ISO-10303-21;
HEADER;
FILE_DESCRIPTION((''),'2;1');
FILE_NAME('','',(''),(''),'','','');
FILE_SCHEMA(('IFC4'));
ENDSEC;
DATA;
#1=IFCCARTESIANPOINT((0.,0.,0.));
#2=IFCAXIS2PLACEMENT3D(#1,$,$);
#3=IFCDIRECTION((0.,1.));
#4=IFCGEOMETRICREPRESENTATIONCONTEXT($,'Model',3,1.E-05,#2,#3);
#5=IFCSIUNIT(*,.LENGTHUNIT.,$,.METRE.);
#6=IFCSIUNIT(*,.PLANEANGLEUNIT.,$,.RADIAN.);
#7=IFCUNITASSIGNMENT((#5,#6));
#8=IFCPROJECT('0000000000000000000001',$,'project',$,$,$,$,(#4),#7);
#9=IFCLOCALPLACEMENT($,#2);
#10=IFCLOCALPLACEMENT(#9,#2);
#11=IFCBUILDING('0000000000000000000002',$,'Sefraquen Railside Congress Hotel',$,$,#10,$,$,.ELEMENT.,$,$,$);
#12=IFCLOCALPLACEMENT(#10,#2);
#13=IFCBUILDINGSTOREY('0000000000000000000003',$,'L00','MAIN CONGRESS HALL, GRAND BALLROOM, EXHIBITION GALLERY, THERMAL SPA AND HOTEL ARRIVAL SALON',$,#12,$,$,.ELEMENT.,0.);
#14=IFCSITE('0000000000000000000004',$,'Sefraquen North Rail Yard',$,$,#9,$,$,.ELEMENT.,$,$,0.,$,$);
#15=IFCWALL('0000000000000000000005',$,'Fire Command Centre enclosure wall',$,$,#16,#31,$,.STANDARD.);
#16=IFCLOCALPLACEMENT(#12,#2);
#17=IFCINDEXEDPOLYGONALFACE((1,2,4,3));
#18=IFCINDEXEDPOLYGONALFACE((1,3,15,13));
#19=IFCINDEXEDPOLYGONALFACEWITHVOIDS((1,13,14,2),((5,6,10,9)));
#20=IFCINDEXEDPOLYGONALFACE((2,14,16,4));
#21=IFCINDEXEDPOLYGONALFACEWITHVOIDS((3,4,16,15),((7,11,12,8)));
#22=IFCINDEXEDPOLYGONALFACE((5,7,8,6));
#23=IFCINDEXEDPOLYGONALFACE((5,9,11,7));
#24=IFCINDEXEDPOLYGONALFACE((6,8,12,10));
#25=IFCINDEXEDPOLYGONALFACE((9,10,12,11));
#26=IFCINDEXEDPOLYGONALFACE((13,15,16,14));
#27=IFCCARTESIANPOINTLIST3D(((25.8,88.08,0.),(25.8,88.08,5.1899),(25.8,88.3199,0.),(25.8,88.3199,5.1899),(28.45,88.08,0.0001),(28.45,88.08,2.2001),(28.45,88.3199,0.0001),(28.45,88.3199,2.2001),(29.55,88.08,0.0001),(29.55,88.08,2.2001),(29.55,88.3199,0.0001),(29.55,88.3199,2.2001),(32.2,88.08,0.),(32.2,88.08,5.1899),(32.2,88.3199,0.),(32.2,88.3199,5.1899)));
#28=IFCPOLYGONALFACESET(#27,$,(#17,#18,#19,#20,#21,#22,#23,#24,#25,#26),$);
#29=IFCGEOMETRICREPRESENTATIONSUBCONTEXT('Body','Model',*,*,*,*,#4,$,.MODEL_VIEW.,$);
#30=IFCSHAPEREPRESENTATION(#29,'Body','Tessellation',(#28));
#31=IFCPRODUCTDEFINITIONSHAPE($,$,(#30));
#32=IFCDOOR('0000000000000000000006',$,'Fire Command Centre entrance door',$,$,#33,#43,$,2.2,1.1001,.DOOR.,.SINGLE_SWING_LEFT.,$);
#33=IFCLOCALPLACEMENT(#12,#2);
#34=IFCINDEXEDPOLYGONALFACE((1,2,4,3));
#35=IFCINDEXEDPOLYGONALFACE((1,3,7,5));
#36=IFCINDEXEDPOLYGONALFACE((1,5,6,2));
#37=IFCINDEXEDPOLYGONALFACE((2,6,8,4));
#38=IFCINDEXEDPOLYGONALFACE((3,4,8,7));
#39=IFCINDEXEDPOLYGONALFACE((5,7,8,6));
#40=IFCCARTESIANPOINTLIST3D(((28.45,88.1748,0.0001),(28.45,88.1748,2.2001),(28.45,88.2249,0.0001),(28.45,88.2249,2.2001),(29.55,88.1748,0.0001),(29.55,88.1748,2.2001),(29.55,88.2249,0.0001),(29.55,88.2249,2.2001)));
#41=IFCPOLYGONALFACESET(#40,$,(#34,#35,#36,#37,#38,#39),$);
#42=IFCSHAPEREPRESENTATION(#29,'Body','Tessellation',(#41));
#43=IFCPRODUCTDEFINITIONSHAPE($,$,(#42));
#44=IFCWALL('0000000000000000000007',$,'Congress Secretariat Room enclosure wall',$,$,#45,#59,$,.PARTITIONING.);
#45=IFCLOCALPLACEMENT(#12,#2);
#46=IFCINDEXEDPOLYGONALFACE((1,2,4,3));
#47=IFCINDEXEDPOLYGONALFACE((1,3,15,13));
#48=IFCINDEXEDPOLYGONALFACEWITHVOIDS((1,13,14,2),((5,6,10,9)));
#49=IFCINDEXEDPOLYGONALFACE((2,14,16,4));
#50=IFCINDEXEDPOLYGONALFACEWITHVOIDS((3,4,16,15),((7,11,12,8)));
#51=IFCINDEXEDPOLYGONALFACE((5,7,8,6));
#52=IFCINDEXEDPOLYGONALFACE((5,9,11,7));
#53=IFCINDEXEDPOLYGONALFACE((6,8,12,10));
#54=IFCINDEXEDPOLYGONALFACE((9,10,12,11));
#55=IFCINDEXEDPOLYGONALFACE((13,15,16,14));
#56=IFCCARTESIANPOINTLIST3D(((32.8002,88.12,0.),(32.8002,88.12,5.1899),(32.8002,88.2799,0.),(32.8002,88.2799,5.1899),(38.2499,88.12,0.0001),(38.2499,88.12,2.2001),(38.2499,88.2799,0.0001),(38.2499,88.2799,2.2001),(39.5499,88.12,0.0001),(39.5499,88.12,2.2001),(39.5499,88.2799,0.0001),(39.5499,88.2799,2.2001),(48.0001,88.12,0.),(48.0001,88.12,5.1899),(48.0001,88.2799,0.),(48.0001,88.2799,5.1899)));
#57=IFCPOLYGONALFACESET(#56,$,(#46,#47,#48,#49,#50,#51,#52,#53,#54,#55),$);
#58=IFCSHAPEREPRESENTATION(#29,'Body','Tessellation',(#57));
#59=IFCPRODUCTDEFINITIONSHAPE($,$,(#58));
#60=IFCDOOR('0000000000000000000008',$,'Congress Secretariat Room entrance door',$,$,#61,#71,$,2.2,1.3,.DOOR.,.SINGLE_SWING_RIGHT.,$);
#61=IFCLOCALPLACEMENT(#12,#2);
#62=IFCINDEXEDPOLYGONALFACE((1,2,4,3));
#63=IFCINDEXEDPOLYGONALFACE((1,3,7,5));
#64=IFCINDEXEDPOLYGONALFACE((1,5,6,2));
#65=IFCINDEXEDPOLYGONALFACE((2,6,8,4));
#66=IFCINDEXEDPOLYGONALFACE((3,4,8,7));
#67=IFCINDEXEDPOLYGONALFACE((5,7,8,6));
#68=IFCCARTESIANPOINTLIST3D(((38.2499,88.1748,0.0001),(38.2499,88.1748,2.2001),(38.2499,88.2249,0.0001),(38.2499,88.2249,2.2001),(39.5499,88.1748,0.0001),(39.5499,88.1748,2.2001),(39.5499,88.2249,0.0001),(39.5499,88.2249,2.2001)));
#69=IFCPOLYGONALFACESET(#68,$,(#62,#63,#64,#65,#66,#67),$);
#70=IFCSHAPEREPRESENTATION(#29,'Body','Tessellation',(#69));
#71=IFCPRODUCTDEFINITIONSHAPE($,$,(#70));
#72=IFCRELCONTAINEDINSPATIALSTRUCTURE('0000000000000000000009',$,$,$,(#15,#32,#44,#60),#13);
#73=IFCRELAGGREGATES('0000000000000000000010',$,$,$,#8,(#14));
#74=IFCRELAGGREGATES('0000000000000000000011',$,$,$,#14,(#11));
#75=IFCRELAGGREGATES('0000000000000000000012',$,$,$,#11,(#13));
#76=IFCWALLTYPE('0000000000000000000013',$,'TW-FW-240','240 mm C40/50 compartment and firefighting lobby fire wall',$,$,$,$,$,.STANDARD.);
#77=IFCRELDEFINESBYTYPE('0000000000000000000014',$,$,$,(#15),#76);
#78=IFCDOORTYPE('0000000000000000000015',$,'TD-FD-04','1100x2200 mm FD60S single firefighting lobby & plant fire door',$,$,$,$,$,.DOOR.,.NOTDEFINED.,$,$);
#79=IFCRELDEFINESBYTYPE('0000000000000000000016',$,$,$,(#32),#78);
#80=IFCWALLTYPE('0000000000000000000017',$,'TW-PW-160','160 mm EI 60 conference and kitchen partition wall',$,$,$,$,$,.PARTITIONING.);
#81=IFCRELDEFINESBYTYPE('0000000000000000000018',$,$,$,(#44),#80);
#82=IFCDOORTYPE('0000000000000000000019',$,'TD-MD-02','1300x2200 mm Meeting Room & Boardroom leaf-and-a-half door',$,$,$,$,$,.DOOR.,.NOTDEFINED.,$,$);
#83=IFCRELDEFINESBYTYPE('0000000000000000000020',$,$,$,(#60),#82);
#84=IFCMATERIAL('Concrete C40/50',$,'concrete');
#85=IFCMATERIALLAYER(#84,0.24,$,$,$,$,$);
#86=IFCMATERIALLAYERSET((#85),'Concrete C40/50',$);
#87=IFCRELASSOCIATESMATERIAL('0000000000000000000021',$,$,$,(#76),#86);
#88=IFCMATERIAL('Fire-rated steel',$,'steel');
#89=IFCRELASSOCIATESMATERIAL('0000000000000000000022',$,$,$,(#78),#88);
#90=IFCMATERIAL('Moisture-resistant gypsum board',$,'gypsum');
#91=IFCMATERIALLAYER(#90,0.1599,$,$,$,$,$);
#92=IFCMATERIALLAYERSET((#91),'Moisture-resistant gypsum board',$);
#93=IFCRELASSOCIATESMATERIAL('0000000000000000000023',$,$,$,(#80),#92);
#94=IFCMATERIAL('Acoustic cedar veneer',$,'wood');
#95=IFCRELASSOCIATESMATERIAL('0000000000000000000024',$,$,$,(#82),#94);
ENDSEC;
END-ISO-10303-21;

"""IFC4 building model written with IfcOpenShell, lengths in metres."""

from ifc_helpers import new_model, si_unit, direction, frame, frame_2d, origin, place, context, subcontext, project, spatial, rectangle, extrude, material, layer, layer_set, type_object, element, fill, save


model = new_model("IFC4")

# Units and contexts
model_context = context("Model", 3, precision=1e-05, world=origin(), true_north=direction((0.0, 1.0)))
body_context = subcontext(model_context, "Body", "Model", "MODEL_VIEW")
ifc_project = project(units=[si_unit("LENGTHUNIT", "METRE"), si_unit("PLANEANGLEUNIT", "RADIAN")], contexts=[model_context])

# Site, building, storey
site_placement = place(None, origin())
site = spatial("IfcSite", under=ifc_project, at=site_placement, Name="Sefraquen North Rail Yard", CompositionType="ELEMENT", RefElevation=0.0)
building_placement = place(site_placement, origin())
building = spatial("IfcBuilding", under=site, at=building_placement, Name="Sefraquen Railside Congress Hotel", CompositionType="ELEMENT")
storey_placement = place(building_placement, origin())
storey = spatial("IfcBuildingStorey", under=building, at=storey_placement, Name="L00", Description="MAIN CONGRESS HALL, GRAND BALLROOM, EXHIBITION GALLERY, THERMAL SPA AND HOTEL ARRIVAL SALON", CompositionType="ELEMENT", Elevation=0.0)

# Walls, openings, doors
ifc_material_1 = material(Name="Concrete C40/50", Category="concrete")
ifc_layer_1 = layer(ifc_material_1, 0.24)
ifc_layer_set_1 = layer_set([ifc_layer_1], Name="Concrete C40/50")
wall_type_1 = type_object("IfcWallType", Name="TW-FW-240", Description="240 mm C40/50 compartment and firefighting lobby fire wall", PredefinedType="STANDARD", material=ifc_layer_set_1)
wall_1_placement = place(storey_placement, frame((25.8, 88.2, 0.0), z_axis=(0.0, 0.0, 1.0), x_axis=(1.0, 0.0, 0.0)))
wall_1 = element("IfcWall", 1, at=wall_1_placement, inside=storey, type_object=wall_type_1, Name="Fire Command Centre enclosure wall", PredefinedType="STANDARD", context=body_context, shape_type="SweptSolid", body=[
    extrude(rectangle(XDim=6.3999, YDim=0.24, at=frame_2d((3.2, 0.0))), origin(), (0.0, 0.0, 1.0), 5.1899),
])
opening_1_placement = place(wall_1_placement, frame((2.6499, 0.0, 0.0)))
opening_1 = element("IfcOpeningElement", 2, at=opening_1_placement, cuts=wall_1, PredefinedType="OPENING", context=body_context, shape_type="SweptSolid", body=[
    extrude(rectangle(XDim=1.1001, YDim=2.2, at=frame_2d((0.55, 1.1001))), frame((0.0, 0.1299, 0.0), z_axis=(0.0, -1.0, 0.0), x_axis=(1.0, 0.0, 0.0)), (0.0, 0.0, 1.0), 0.26),
])
ifc_material_2 = material(Name="Fire-rated steel", Category="steel")
door_type_1 = type_object("IfcDoorType", Name="TD-FD-04", Description="1100x2200 mm FD60S single firefighting lobby & plant fire door", OperationType="NOTDEFINED", PredefinedType="DOOR", material=ifc_material_2)
door_1_placement = place(opening_1_placement, origin())
door_1 = element("IfcDoor", 3, at=door_1_placement, inside=storey, type_object=door_type_1, Name="Fire Command Centre entrance door", OperationType="SINGLE_SWING_LEFT", OverallHeight=2.2, OverallWidth=1.1001, PredefinedType="DOOR", context=body_context, shape_type="SweptSolid", body=[
    extrude(rectangle(XDim=1.1001, YDim=2.2, at=frame_2d((0.55, 1.1001))), frame((0.0, 0.0249, 0.0), z_axis=(0.0, -1.0, 0.0), x_axis=(1.0, 0.0, 0.0)), (0.0, 0.0, 1.0), 0.05),
])
fill(opening_1, door_1)
ifc_material_3 = material(Name="Moisture-resistant gypsum board", Category="gypsum")
ifc_layer_2 = layer(ifc_material_3, 0.1599)
ifc_layer_set_2 = layer_set([ifc_layer_2], Name="Moisture-resistant gypsum board")
wall_type_2 = type_object("IfcWallType", Name="TW-PW-160", Description="160 mm EI 60 conference and kitchen partition wall", PredefinedType="PARTITIONING", material=ifc_layer_set_2)
wall_2_placement = place(storey_placement, frame((32.8, 88.2, 0.0), z_axis=(0.0, 0.0, 1.0), x_axis=(1.0, 0.0, 0.0)))
wall_2 = element("IfcWall", 4, at=wall_2_placement, inside=storey, type_object=wall_type_2, Name="Congress Secretariat Room enclosure wall", PredefinedType="PARTITIONING", context=body_context, shape_type="SweptSolid", body=[
    extrude(rectangle(XDim=15.2, YDim=0.1599, at=frame_2d((7.6001, 0.0))), origin(), (0.0, 0.0, 1.0), 5.1899),
])
opening_2_placement = place(wall_2_placement, frame((5.45, 0.0, 0.0)))
opening_2 = element("IfcOpeningElement", 5, at=opening_2_placement, cuts=wall_2, PredefinedType="OPENING", context=body_context, shape_type="SweptSolid", body=[
    extrude(rectangle(XDim=1.3, YDim=2.2, at=frame_2d((0.6499, 1.1001))), frame((0.0, 0.0898, 0.0), z_axis=(0.0, -1.0, 0.0), x_axis=(1.0, 0.0, 0.0)), (0.0, 0.0, 1.0), 0.1799),
])
ifc_material_4 = material(Name="Acoustic cedar veneer", Category="wood")
door_type_2 = type_object("IfcDoorType", Name="TD-MD-02", Description="1300x2200 mm Meeting Room & Boardroom leaf-and-a-half door", OperationType="NOTDEFINED", PredefinedType="DOOR", material=ifc_material_4)
door_2_placement = place(opening_2_placement, origin())
door_2 = element("IfcDoor", 6, at=door_2_placement, inside=storey, type_object=door_type_2, Name="Congress Secretariat Room entrance door", OperationType="SINGLE_SWING_RIGHT", OverallHeight=2.2, OverallWidth=1.3, PredefinedType="DOOR", context=body_context, shape_type="SweptSolid", body=[
    extrude(rectangle(XDim=1.3, YDim=2.2, at=frame_2d((0.6499, 1.1001))), frame((0.0, 0.0249, 0.0), z_axis=(0.0, -1.0, 0.0), x_axis=(1.0, 0.0, 0.0)), (0.0, 0.0, 1.0), 0.05),
])
fill(opening_2, door_2)

save(model, "model.ifc")
